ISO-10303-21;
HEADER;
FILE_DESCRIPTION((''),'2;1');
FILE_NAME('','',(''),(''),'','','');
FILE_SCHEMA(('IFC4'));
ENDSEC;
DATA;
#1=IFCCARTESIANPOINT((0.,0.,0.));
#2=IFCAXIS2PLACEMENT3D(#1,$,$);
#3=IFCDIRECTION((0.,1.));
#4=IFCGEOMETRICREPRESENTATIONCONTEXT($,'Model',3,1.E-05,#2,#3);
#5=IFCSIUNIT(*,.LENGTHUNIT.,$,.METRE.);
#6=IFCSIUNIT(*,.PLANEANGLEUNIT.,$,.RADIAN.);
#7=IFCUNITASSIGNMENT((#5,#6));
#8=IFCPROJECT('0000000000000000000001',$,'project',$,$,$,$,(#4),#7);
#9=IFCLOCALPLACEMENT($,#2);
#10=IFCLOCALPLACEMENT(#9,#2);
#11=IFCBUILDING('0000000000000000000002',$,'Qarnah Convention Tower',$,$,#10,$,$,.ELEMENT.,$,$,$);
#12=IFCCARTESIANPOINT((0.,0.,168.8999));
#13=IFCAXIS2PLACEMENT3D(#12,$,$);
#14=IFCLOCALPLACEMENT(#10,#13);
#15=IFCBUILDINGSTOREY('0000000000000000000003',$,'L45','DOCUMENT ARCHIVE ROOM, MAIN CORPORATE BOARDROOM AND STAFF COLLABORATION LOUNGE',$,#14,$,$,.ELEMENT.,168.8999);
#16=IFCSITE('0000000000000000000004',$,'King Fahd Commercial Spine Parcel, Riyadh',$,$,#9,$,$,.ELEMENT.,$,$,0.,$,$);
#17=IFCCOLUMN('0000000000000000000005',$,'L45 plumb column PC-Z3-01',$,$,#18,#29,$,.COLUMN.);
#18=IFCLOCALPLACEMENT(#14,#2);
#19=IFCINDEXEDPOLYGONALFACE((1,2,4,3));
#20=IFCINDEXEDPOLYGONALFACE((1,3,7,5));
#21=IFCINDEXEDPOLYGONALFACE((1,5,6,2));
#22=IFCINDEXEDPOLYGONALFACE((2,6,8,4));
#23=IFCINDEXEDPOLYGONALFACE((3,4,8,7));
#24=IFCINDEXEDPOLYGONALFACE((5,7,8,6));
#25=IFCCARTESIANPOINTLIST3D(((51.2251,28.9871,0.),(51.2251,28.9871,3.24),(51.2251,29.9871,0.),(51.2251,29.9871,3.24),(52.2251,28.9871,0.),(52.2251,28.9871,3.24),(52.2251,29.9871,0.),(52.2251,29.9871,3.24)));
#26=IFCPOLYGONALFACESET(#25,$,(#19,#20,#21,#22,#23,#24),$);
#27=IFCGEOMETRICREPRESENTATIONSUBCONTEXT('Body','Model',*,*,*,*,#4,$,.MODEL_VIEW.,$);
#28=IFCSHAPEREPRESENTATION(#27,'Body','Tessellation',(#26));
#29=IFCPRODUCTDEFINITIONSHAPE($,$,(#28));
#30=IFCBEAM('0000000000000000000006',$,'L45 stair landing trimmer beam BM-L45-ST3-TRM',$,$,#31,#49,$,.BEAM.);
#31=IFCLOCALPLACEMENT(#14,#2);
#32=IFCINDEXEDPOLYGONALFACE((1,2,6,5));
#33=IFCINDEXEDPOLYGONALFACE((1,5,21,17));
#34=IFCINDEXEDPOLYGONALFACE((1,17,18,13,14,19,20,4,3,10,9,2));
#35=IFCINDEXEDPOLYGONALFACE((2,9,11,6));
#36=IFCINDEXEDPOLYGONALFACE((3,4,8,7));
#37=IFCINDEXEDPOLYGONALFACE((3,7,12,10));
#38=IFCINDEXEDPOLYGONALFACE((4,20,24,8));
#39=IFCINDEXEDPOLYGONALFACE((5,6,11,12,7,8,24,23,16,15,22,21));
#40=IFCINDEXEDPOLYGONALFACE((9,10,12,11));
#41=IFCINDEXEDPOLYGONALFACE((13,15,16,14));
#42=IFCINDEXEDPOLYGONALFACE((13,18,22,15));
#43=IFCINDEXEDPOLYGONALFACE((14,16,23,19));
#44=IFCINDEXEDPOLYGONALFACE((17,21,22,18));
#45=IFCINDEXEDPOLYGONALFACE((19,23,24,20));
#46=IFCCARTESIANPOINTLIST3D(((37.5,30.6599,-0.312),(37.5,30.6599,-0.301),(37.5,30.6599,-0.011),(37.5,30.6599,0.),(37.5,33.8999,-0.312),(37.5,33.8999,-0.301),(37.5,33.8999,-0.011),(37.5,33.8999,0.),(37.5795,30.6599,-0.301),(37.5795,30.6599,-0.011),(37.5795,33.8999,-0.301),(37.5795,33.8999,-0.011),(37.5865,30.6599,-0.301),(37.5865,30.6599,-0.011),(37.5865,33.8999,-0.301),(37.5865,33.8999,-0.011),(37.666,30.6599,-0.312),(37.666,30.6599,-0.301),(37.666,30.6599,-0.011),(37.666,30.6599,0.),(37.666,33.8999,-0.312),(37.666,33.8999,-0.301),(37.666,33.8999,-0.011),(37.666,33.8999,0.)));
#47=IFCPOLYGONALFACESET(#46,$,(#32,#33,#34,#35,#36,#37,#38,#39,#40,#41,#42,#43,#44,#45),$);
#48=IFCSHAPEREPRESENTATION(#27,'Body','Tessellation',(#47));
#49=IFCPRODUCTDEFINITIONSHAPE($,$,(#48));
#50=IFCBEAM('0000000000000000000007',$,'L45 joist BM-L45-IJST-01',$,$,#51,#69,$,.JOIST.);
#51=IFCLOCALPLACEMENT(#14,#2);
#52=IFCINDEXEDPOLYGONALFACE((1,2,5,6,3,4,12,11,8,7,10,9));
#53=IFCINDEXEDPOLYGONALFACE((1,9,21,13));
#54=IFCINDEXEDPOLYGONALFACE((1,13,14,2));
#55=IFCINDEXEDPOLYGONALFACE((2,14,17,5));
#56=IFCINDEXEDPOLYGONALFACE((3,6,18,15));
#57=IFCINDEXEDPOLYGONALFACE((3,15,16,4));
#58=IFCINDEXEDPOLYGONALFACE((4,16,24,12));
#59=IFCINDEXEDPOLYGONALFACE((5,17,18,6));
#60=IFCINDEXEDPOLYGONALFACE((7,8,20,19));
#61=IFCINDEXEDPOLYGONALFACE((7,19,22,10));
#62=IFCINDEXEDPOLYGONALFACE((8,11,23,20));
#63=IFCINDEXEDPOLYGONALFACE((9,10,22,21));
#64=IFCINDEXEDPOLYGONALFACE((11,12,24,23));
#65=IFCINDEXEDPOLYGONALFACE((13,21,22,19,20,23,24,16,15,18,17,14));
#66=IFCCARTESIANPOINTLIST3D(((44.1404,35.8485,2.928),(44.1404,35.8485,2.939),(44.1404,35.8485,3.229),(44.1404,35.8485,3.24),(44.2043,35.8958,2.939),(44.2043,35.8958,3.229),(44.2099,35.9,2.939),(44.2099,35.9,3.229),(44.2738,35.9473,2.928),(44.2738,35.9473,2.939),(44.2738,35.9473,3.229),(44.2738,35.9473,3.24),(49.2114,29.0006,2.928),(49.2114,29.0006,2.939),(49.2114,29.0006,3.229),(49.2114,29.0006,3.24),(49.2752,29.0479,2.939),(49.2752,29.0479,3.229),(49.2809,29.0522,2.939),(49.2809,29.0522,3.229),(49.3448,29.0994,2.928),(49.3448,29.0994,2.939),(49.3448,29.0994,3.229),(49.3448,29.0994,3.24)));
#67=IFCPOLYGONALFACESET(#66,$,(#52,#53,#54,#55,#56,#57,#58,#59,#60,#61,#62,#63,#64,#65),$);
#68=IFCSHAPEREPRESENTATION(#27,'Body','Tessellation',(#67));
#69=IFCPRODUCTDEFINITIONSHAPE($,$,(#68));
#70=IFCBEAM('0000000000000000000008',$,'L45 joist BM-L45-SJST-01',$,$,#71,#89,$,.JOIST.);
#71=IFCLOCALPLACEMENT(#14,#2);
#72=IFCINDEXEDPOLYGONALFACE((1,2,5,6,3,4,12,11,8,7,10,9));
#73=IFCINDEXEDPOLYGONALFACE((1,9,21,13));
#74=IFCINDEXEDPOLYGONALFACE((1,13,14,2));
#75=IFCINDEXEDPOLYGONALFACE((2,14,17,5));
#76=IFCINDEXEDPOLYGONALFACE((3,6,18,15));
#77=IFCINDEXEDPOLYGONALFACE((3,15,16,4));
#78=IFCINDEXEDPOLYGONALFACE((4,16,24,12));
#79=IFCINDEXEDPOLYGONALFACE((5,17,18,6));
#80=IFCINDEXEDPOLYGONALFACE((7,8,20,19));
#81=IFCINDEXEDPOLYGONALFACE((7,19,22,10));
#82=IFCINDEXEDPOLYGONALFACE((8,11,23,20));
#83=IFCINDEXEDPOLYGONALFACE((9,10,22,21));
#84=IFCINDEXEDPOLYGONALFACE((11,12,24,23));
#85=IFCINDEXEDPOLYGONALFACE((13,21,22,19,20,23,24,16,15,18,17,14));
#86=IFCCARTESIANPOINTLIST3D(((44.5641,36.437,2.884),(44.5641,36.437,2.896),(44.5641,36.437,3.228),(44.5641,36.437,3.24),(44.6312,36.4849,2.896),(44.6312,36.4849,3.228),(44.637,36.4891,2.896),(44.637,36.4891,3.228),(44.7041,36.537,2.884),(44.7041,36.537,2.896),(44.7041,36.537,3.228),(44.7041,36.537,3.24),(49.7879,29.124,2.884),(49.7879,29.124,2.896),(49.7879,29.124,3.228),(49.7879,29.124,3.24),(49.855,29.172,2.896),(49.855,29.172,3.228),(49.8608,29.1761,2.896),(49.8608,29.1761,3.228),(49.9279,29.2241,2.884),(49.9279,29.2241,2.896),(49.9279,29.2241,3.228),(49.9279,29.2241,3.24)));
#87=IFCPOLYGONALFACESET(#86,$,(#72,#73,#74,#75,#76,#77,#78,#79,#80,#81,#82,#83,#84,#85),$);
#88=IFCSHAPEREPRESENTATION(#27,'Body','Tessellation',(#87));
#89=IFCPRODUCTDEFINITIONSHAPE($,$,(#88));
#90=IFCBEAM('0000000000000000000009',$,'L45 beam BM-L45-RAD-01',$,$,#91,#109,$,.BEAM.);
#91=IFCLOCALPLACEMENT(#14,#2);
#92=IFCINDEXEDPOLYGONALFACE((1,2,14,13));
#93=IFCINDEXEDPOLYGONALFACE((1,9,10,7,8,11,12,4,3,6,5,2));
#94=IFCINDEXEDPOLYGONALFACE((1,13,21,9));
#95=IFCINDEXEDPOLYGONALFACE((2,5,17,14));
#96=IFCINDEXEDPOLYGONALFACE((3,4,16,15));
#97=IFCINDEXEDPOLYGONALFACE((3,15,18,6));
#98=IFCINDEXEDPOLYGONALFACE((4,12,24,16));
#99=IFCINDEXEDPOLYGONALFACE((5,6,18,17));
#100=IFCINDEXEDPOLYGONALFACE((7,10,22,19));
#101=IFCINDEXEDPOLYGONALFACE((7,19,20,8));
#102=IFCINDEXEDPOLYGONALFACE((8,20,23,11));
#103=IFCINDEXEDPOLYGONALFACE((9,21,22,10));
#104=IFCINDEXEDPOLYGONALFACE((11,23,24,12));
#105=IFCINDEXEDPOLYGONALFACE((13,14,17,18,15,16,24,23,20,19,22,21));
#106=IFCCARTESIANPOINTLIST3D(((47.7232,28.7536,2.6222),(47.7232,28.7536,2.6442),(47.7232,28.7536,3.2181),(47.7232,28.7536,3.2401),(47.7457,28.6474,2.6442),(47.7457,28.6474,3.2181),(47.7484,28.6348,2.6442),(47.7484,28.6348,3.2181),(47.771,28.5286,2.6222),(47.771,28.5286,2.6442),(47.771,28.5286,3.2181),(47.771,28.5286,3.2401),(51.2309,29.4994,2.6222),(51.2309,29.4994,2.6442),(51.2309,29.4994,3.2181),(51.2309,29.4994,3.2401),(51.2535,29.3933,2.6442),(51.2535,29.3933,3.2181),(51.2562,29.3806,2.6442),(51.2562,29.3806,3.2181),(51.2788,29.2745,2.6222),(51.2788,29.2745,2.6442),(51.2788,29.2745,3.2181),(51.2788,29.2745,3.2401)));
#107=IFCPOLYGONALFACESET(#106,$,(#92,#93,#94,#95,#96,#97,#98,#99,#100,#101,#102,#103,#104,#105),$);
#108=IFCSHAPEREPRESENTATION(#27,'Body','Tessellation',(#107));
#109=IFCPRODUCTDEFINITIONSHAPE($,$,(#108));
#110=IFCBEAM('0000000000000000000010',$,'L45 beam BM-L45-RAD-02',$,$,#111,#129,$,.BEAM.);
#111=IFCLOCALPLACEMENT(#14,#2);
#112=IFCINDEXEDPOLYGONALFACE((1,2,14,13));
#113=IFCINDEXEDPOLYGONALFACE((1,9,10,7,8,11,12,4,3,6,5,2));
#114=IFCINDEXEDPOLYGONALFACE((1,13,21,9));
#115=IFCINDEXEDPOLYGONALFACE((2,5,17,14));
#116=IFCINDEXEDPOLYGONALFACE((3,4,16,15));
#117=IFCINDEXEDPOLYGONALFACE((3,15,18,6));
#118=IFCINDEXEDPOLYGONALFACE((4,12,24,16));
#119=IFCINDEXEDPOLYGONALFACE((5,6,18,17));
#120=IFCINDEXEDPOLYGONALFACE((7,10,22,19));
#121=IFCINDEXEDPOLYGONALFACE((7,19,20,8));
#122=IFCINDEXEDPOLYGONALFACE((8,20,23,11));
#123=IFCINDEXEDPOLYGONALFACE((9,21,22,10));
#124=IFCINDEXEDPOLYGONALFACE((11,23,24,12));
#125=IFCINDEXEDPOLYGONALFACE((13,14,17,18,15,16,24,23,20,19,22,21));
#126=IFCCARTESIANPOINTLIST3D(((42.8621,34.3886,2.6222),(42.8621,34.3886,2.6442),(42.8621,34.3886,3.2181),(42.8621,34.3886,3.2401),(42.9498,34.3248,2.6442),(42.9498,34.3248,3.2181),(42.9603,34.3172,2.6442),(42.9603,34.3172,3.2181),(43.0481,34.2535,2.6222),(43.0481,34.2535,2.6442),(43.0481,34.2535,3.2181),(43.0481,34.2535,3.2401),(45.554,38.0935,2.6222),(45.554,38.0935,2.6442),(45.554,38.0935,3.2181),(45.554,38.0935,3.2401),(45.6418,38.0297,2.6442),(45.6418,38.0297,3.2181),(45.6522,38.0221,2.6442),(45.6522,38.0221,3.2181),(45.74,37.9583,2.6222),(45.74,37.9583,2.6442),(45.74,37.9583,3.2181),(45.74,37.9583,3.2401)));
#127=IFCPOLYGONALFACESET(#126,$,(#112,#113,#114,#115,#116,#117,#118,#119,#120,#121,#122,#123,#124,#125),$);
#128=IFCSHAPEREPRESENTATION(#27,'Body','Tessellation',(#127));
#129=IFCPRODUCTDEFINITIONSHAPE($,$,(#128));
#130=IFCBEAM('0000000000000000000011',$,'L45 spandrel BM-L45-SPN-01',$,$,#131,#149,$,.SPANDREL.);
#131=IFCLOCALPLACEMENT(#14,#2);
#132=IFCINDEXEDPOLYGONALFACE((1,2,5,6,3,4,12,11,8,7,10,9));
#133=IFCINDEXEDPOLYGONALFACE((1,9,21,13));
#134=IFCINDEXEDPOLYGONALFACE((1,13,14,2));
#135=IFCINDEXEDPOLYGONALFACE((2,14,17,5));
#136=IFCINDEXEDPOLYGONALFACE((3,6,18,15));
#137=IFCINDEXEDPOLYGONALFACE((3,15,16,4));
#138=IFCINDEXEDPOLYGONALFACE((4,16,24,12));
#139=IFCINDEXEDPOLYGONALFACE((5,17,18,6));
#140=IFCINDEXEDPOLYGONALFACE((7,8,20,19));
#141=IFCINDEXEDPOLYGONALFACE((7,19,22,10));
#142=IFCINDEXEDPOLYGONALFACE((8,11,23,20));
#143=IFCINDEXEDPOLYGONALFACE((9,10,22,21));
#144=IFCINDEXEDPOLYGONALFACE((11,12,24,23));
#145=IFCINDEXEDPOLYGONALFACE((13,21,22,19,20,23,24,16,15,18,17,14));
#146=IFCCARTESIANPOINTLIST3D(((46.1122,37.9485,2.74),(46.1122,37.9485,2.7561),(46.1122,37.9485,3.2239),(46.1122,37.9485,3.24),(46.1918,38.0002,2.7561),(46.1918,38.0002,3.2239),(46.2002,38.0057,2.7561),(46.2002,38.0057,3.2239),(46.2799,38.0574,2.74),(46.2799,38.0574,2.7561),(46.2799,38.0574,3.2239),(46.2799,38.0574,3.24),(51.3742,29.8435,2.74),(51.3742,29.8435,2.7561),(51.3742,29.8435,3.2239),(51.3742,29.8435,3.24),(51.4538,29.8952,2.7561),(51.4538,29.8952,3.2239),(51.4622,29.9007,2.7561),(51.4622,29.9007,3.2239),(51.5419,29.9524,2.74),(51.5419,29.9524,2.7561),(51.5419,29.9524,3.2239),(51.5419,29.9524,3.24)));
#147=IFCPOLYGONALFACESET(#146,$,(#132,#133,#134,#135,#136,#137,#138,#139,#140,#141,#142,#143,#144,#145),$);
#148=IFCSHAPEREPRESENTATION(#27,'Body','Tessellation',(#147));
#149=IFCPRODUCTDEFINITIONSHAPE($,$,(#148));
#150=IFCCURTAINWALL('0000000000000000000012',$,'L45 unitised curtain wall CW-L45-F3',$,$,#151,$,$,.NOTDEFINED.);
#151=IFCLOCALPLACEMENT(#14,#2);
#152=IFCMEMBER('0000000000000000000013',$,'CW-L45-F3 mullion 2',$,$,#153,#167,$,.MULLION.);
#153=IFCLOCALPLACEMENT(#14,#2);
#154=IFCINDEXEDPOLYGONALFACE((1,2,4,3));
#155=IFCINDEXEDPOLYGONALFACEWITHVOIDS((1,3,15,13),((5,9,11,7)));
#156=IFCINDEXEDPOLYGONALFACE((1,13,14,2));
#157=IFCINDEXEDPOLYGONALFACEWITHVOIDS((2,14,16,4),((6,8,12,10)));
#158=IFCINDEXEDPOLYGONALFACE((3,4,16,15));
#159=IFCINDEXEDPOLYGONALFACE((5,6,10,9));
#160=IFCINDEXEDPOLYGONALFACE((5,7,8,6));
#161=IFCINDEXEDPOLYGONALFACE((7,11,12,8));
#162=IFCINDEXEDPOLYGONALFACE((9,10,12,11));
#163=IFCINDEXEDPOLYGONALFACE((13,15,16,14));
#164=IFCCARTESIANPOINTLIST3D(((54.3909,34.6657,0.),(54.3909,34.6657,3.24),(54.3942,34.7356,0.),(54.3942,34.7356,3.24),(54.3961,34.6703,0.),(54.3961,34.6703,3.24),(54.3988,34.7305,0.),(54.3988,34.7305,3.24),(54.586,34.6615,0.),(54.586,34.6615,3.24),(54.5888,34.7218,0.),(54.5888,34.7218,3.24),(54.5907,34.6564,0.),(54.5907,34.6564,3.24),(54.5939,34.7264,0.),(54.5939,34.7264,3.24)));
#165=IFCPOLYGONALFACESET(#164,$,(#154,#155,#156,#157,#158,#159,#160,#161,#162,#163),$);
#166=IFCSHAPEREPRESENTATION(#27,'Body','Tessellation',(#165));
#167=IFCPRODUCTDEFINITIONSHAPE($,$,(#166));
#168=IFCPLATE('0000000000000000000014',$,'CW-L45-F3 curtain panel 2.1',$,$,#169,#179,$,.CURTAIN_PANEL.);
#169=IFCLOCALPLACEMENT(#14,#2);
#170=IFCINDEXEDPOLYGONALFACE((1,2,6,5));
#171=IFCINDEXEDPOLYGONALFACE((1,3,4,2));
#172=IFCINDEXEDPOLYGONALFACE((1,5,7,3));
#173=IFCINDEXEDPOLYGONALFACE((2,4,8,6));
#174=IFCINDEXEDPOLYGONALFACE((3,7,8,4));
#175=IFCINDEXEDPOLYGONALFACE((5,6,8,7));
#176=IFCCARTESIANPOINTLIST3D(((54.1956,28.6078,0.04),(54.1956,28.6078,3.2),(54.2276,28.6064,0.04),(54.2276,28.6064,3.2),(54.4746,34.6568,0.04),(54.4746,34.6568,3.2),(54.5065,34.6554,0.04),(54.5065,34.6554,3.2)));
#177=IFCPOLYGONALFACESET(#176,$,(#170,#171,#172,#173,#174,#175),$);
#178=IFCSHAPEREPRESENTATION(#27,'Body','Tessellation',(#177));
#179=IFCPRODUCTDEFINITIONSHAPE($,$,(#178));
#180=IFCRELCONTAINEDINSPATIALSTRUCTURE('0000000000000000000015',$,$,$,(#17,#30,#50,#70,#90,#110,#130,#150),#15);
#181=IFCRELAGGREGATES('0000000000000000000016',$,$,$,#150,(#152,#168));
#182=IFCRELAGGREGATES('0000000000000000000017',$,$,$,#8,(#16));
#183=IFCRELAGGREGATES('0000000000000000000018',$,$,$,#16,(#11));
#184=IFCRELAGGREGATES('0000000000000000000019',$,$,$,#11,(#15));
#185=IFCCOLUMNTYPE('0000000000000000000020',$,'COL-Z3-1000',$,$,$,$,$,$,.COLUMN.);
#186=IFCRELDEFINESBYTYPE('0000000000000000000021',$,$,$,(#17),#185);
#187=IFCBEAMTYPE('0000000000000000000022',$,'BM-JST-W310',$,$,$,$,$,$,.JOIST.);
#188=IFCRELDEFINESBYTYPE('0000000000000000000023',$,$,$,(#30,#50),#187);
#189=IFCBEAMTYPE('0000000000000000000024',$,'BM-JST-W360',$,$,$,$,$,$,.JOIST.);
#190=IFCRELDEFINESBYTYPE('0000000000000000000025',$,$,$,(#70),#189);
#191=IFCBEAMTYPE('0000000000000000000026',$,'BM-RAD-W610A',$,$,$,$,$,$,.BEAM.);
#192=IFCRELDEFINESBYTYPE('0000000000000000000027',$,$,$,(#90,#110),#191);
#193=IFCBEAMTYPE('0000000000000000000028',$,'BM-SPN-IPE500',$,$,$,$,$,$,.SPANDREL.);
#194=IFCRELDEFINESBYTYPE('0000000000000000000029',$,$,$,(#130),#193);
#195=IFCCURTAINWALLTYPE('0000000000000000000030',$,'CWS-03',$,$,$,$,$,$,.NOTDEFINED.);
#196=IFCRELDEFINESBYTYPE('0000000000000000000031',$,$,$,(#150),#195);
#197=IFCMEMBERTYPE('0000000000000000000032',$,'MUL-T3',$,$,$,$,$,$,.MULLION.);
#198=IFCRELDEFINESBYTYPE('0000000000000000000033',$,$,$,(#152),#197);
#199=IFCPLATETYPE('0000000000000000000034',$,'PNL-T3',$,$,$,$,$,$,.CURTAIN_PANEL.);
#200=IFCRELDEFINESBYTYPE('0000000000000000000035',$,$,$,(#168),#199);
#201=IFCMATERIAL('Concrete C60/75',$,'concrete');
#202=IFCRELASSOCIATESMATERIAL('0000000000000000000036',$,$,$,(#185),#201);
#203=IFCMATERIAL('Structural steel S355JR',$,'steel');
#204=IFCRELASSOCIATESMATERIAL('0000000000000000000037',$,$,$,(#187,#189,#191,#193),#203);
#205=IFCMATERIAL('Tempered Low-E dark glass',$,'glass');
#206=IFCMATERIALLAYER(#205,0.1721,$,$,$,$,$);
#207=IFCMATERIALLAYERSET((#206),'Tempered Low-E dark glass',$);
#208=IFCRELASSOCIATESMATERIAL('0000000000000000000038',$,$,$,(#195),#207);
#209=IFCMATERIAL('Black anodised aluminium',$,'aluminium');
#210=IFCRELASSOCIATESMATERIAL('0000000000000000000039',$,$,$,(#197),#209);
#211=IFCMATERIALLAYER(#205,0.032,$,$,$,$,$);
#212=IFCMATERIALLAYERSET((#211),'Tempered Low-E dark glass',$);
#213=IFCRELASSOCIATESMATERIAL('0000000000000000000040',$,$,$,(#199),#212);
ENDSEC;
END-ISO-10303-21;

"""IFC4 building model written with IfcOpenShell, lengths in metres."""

from ifc_helpers import new_model, si_unit, direction, frame, origin, origin_2d, place, context, subcontext, project, spatial, rectangle, hollow_rectangle, i_section, extrude, material, layer, layer_set, material_profile, profile_set, type_object, element, aggregate, save


model = new_model("IFC4")

# Units and contexts
model_context = context("Model", 3, precision=1e-05, world=origin(), true_north=direction((0.0, 1.0)))
body_context = subcontext(model_context, "Body", "Model", "MODEL_VIEW")
ifc_project = project(units=[si_unit("LENGTHUNIT", "METRE"), si_unit("PLANEANGLEUNIT", "RADIAN")], contexts=[model_context])

# Site, building, storey
site_placement = place(None, origin())
site = spatial("IfcSite", under=ifc_project, at=site_placement, Name="King Fahd Commercial Spine Parcel, Riyadh", CompositionType="ELEMENT", RefElevation=0.0)
building_placement = place(site_placement, origin())
building = spatial("IfcBuilding", under=site, at=building_placement, Name="Qarnah Convention Tower", CompositionType="ELEMENT")
storey_placement = place(building_placement, frame((0.0, 0.0, 168.8999)))
storey = spatial("IfcBuildingStorey", under=building, at=storey_placement, Name="L45", Description="DOCUMENT ARCHIVE ROOM, MAIN CORPORATE BOARDROOM AND STAFF COLLABORATION LOUNGE", CompositionType="ELEMENT", Elevation=168.8999)

# Column
ifc_material_1 = material(Name="Concrete C60/75", Category="concrete")
ifc_material_profile_1 = material_profile(ifc_material_1, rectangle(XDim=1.0, YDim=1.0, at=origin_2d()), Name="RC-COL-1000X1000")
ifc_profile_set_1 = profile_set([ifc_material_profile_1], Name="Concrete C60/75")
column_type = type_object("IfcColumnType", Name="COL-Z3-1000", PredefinedType="COLUMN", material=ifc_profile_set_1)
column_placement = place(storey_placement, frame((51.7251, 29.4871, 0.0), z_axis=(0.0, 0.0, 1.0), x_axis=(1.0, 0.0, 0.0)))
element("IfcColumn", 1, at=column_placement, inside=storey, type_object=column_type, Name="L45 plumb column PC-Z3-01", PredefinedType="COLUMN", context=body_context, shape_type="SweptSolid", body=[
    extrude(rectangle(XDim=1.0, YDim=1.0, at=origin_2d()), origin(), (0.0, 0.0, 1.0), 3.24),
])

# Beams
ifc_material_2 = material(Name="Structural steel S355JR", Category="steel")
ifc_material_profile_2 = material_profile(ifc_material_2, i_section(OverallWidth=0.166, OverallDepth=0.312, WebThickness=0.0071, FlangeThickness=0.011, at=origin_2d()), Name="W310X45")
ifc_profile_set_2 = profile_set([ifc_material_profile_2], Name="Structural steel S355JR")
beam_type_1 = type_object("IfcBeamType", Name="BM-JST-W310", PredefinedType="JOIST", material=ifc_profile_set_2)
beam_1_placement = place(storey_placement, frame((37.583, 30.6599, -0.156), z_axis=(0.0, 1.0, 0.0), x_axis=(-1.0, 0.0, 0.0)))
element("IfcBeam", 2, at=beam_1_placement, inside=storey, type_object=beam_type_1, Name="L45 stair landing trimmer beam BM-L45-ST3-TRM", PredefinedType="BEAM", context=body_context, shape_type="SweptSolid", body=[
    extrude(i_section(OverallWidth=0.166, OverallDepth=0.312, WebThickness=0.0071, FlangeThickness=0.011, at=origin_2d()), origin(), (0.0, 0.0, 1.0), 3.24),
])
beam_2_placement = place(storey_placement, frame((49.2781, 29.05, 3.084), z_axis=(-0.595116, 0.80364, 0.0), x_axis=(-0.80364, -0.595116, 0.0)))
element("IfcBeam", 3, at=beam_2_placement, inside=storey, type_object=beam_type_1, Name="L45 joist BM-L45-IJST-01", PredefinedType="JOIST", context=body_context, shape_type="SweptSolid", body=[
    extrude(i_section(OverallWidth=0.166, OverallDepth=0.312, WebThickness=0.0071, FlangeThickness=0.011, at=origin_2d()), origin(), (0.0, 0.0, 1.0), 8.521),
])
ifc_material_profile_3 = material_profile(ifc_material_2, i_section(OverallWidth=0.1721, OverallDepth=0.356, WebThickness=0.0071, FlangeThickness=0.012, at=origin_2d()), Name="W360X51")
ifc_profile_set_3 = profile_set([ifc_material_profile_3], Name="Structural steel S355JR")
beam_type_2 = type_object("IfcBeamType", Name="BM-JST-W360", PredefinedType="JOIST", material=ifc_profile_set_3)
beam_3_placement = place(storey_placement, frame((49.8579, 29.1741, 3.062), z_axis=(-0.581261, 0.813717, 0.0), x_axis=(-0.813717, -0.581261, 0.0)))
element("IfcBeam", 4, at=beam_3_placement, inside=storey, type_object=beam_type_2, Name="L45 joist BM-L45-SJST-01", PredefinedType="JOIST", context=body_context, shape_type="SweptSolid", body=[
    extrude(i_section(OverallWidth=0.1721, OverallDepth=0.356, WebThickness=0.0071, FlangeThickness=0.012, at=origin_2d()), origin(), (0.0, 0.0, 1.0), 8.9871),
])
ifc_material_profile_4 = material_profile(ifc_material_2, i_section(OverallWidth=0.23, OverallDepth=0.6179, WebThickness=0.0129, FlangeThickness=0.022, at=origin_2d()), Name="W610X140")
ifc_profile_set_4 = profile_set([ifc_material_profile_4], Name="Structural steel S355JR")
beam_type_3 = type_object("IfcBeamType", Name="BM-RAD-W610A", PredefinedType="BEAM", material=ifc_profile_set_4)
beam_4_placement = place(storey_placement, frame((47.7471, 28.6411, 2.9312), z_axis=(0.978134, 0.207976, 0.0), x_axis=(-0.207976, 0.978134, 0.0)))
element("IfcBeam", 5, at=beam_4_placement, inside=storey, type_object=beam_type_3, Name="L45 beam BM-L45-RAD-01", PredefinedType="BEAM", context=body_context, shape_type="SweptSolid", body=[
    extrude(i_section(OverallWidth=0.23, OverallDepth=0.6179, WebThickness=0.0129, FlangeThickness=0.022, at=origin_2d()), origin(), (0.0, 0.0, 1.0), 3.5862),
])
beam_5_placement = place(storey_placement, frame((42.9551, 34.321, 2.9312), z_axis=(0.58781, 0.808999, 0.0), x_axis=(-0.808999, 0.58781, 0.0)))
element("IfcBeam", 6, at=beam_5_placement, inside=storey, type_object=beam_type_3, Name="L45 beam BM-L45-RAD-02", PredefinedType="BEAM", context=body_context, shape_type="SweptSolid", body=[
    extrude(i_section(OverallWidth=0.23, OverallDepth=0.6179, WebThickness=0.0129, FlangeThickness=0.022, at=origin_2d()), origin(), (0.0, 0.0, 1.0), 4.5796),
])
ifc_material_profile_5 = material_profile(ifc_material_2, i_section(OverallWidth=0.2, OverallDepth=0.5, WebThickness=0.01, FlangeThickness=0.0161, at=origin_2d()), Name="IPE500")
ifc_profile_set_5 = profile_set([ifc_material_profile_5], Name="Structural steel S355JR")
beam_type_4 = type_object("IfcBeamType", Name="BM-SPN-IPE500", PredefinedType="SPANDREL", material=ifc_profile_set_5)
beam_6_placement = place(storey_placement, frame((51.458, 29.8979, 2.99), z_axis=(-0.544532, 0.83874, 0.0), x_axis=(-0.83874, -0.544532, 0.0)))
element("IfcBeam", 7, at=beam_6_placement, inside=storey, type_object=beam_type_4, Name="L45 spandrel BM-L45-SPN-01", PredefinedType="SPANDREL", context=body_context, shape_type="SweptSolid", body=[
    extrude(i_section(OverallWidth=0.2, OverallDepth=0.5, WebThickness=0.01, FlangeThickness=0.0161, at=origin_2d()), origin(), (0.0, 0.0, 1.0), 9.6633),
])

# Curtain wall, member, plate
ifc_material_3 = material(Name="Tempered Low-E dark glass", Category="glass")
ifc_layer_1 = layer(ifc_material_3, 0.1721)
ifc_layer_set_1 = layer_set([ifc_layer_1], Name="Tempered Low-E dark glass")
curtain_wall_type = type_object("IfcCurtainWallType", Name="CWS-03", PredefinedType="NOTDEFINED", material=ifc_layer_set_1)
curtain_wall_placement = place(storey_placement, origin())
curtain_wall = element("IfcCurtainWall", 8, at=curtain_wall_placement, inside=storey, type_object=curtain_wall_type, Name="L45 unitised curtain wall CW-L45-F3", PredefinedType="NOTDEFINED")
ifc_material_4 = material(Name="Black anodised aluminium", Category="aluminium")
ifc_material_profile_6 = material_profile(ifc_material_4, hollow_rectangle(XDim=0.0701, YDim=0.2, WallThickness=0.0049, at=origin_2d()), Name="MUL-70X200")
ifc_profile_set_6 = profile_set([ifc_material_profile_6], Name="Black anodised aluminium")
member_type = type_object("IfcMemberType", Name="MUL-T3", PredefinedType="MULLION", material=ifc_profile_set_6)
member_placement = place(storey_placement, frame((54.4924, 34.696, 0.0), z_axis=(0.0, 0.0, 1.0), x_axis=(-0.04606, -0.998939, 0.0)))
member = element("IfcMember", 9, at=member_placement, type_object=member_type, Name="CW-L45-F3 mullion 2", PredefinedType="MULLION", context=body_context, shape_type="SweptSolid", body=[
    extrude(hollow_rectangle(XDim=0.0701, YDim=0.2, WallThickness=0.0049, at=origin_2d()), origin(), (0.0, 0.0, 1.0), 3.24),
])
ifc_layer_2 = layer(ifc_material_3, 0.032)
ifc_layer_set_2 = layer_set([ifc_layer_2], Name="Tempered Low-E dark glass")
plate_type = type_object("IfcPlateType", Name="PNL-T3", PredefinedType="CURTAIN_PANEL", material=ifc_layer_set_2)
plate_placement = place(storey_placement, frame((54.3511, 31.6316, 0.04), z_axis=(0.0, 0.0, 1.0), x_axis=(-0.04606, -0.998939, 0.0)))
plate = element("IfcPlate", 10, at=plate_placement, type_object=plate_type, Name="CW-L45-F3 curtain panel 2.1", PredefinedType="CURTAIN_PANEL", context=body_context, shape_type="SweptSolid", body=[
    extrude(rectangle(XDim=6.0554, YDim=0.032, at=origin_2d()), origin(), (0.0, 0.0, 1.0), 3.1599),
])
aggregate(curtain_wall, [member, plate])

save(model, "model.ifc")
